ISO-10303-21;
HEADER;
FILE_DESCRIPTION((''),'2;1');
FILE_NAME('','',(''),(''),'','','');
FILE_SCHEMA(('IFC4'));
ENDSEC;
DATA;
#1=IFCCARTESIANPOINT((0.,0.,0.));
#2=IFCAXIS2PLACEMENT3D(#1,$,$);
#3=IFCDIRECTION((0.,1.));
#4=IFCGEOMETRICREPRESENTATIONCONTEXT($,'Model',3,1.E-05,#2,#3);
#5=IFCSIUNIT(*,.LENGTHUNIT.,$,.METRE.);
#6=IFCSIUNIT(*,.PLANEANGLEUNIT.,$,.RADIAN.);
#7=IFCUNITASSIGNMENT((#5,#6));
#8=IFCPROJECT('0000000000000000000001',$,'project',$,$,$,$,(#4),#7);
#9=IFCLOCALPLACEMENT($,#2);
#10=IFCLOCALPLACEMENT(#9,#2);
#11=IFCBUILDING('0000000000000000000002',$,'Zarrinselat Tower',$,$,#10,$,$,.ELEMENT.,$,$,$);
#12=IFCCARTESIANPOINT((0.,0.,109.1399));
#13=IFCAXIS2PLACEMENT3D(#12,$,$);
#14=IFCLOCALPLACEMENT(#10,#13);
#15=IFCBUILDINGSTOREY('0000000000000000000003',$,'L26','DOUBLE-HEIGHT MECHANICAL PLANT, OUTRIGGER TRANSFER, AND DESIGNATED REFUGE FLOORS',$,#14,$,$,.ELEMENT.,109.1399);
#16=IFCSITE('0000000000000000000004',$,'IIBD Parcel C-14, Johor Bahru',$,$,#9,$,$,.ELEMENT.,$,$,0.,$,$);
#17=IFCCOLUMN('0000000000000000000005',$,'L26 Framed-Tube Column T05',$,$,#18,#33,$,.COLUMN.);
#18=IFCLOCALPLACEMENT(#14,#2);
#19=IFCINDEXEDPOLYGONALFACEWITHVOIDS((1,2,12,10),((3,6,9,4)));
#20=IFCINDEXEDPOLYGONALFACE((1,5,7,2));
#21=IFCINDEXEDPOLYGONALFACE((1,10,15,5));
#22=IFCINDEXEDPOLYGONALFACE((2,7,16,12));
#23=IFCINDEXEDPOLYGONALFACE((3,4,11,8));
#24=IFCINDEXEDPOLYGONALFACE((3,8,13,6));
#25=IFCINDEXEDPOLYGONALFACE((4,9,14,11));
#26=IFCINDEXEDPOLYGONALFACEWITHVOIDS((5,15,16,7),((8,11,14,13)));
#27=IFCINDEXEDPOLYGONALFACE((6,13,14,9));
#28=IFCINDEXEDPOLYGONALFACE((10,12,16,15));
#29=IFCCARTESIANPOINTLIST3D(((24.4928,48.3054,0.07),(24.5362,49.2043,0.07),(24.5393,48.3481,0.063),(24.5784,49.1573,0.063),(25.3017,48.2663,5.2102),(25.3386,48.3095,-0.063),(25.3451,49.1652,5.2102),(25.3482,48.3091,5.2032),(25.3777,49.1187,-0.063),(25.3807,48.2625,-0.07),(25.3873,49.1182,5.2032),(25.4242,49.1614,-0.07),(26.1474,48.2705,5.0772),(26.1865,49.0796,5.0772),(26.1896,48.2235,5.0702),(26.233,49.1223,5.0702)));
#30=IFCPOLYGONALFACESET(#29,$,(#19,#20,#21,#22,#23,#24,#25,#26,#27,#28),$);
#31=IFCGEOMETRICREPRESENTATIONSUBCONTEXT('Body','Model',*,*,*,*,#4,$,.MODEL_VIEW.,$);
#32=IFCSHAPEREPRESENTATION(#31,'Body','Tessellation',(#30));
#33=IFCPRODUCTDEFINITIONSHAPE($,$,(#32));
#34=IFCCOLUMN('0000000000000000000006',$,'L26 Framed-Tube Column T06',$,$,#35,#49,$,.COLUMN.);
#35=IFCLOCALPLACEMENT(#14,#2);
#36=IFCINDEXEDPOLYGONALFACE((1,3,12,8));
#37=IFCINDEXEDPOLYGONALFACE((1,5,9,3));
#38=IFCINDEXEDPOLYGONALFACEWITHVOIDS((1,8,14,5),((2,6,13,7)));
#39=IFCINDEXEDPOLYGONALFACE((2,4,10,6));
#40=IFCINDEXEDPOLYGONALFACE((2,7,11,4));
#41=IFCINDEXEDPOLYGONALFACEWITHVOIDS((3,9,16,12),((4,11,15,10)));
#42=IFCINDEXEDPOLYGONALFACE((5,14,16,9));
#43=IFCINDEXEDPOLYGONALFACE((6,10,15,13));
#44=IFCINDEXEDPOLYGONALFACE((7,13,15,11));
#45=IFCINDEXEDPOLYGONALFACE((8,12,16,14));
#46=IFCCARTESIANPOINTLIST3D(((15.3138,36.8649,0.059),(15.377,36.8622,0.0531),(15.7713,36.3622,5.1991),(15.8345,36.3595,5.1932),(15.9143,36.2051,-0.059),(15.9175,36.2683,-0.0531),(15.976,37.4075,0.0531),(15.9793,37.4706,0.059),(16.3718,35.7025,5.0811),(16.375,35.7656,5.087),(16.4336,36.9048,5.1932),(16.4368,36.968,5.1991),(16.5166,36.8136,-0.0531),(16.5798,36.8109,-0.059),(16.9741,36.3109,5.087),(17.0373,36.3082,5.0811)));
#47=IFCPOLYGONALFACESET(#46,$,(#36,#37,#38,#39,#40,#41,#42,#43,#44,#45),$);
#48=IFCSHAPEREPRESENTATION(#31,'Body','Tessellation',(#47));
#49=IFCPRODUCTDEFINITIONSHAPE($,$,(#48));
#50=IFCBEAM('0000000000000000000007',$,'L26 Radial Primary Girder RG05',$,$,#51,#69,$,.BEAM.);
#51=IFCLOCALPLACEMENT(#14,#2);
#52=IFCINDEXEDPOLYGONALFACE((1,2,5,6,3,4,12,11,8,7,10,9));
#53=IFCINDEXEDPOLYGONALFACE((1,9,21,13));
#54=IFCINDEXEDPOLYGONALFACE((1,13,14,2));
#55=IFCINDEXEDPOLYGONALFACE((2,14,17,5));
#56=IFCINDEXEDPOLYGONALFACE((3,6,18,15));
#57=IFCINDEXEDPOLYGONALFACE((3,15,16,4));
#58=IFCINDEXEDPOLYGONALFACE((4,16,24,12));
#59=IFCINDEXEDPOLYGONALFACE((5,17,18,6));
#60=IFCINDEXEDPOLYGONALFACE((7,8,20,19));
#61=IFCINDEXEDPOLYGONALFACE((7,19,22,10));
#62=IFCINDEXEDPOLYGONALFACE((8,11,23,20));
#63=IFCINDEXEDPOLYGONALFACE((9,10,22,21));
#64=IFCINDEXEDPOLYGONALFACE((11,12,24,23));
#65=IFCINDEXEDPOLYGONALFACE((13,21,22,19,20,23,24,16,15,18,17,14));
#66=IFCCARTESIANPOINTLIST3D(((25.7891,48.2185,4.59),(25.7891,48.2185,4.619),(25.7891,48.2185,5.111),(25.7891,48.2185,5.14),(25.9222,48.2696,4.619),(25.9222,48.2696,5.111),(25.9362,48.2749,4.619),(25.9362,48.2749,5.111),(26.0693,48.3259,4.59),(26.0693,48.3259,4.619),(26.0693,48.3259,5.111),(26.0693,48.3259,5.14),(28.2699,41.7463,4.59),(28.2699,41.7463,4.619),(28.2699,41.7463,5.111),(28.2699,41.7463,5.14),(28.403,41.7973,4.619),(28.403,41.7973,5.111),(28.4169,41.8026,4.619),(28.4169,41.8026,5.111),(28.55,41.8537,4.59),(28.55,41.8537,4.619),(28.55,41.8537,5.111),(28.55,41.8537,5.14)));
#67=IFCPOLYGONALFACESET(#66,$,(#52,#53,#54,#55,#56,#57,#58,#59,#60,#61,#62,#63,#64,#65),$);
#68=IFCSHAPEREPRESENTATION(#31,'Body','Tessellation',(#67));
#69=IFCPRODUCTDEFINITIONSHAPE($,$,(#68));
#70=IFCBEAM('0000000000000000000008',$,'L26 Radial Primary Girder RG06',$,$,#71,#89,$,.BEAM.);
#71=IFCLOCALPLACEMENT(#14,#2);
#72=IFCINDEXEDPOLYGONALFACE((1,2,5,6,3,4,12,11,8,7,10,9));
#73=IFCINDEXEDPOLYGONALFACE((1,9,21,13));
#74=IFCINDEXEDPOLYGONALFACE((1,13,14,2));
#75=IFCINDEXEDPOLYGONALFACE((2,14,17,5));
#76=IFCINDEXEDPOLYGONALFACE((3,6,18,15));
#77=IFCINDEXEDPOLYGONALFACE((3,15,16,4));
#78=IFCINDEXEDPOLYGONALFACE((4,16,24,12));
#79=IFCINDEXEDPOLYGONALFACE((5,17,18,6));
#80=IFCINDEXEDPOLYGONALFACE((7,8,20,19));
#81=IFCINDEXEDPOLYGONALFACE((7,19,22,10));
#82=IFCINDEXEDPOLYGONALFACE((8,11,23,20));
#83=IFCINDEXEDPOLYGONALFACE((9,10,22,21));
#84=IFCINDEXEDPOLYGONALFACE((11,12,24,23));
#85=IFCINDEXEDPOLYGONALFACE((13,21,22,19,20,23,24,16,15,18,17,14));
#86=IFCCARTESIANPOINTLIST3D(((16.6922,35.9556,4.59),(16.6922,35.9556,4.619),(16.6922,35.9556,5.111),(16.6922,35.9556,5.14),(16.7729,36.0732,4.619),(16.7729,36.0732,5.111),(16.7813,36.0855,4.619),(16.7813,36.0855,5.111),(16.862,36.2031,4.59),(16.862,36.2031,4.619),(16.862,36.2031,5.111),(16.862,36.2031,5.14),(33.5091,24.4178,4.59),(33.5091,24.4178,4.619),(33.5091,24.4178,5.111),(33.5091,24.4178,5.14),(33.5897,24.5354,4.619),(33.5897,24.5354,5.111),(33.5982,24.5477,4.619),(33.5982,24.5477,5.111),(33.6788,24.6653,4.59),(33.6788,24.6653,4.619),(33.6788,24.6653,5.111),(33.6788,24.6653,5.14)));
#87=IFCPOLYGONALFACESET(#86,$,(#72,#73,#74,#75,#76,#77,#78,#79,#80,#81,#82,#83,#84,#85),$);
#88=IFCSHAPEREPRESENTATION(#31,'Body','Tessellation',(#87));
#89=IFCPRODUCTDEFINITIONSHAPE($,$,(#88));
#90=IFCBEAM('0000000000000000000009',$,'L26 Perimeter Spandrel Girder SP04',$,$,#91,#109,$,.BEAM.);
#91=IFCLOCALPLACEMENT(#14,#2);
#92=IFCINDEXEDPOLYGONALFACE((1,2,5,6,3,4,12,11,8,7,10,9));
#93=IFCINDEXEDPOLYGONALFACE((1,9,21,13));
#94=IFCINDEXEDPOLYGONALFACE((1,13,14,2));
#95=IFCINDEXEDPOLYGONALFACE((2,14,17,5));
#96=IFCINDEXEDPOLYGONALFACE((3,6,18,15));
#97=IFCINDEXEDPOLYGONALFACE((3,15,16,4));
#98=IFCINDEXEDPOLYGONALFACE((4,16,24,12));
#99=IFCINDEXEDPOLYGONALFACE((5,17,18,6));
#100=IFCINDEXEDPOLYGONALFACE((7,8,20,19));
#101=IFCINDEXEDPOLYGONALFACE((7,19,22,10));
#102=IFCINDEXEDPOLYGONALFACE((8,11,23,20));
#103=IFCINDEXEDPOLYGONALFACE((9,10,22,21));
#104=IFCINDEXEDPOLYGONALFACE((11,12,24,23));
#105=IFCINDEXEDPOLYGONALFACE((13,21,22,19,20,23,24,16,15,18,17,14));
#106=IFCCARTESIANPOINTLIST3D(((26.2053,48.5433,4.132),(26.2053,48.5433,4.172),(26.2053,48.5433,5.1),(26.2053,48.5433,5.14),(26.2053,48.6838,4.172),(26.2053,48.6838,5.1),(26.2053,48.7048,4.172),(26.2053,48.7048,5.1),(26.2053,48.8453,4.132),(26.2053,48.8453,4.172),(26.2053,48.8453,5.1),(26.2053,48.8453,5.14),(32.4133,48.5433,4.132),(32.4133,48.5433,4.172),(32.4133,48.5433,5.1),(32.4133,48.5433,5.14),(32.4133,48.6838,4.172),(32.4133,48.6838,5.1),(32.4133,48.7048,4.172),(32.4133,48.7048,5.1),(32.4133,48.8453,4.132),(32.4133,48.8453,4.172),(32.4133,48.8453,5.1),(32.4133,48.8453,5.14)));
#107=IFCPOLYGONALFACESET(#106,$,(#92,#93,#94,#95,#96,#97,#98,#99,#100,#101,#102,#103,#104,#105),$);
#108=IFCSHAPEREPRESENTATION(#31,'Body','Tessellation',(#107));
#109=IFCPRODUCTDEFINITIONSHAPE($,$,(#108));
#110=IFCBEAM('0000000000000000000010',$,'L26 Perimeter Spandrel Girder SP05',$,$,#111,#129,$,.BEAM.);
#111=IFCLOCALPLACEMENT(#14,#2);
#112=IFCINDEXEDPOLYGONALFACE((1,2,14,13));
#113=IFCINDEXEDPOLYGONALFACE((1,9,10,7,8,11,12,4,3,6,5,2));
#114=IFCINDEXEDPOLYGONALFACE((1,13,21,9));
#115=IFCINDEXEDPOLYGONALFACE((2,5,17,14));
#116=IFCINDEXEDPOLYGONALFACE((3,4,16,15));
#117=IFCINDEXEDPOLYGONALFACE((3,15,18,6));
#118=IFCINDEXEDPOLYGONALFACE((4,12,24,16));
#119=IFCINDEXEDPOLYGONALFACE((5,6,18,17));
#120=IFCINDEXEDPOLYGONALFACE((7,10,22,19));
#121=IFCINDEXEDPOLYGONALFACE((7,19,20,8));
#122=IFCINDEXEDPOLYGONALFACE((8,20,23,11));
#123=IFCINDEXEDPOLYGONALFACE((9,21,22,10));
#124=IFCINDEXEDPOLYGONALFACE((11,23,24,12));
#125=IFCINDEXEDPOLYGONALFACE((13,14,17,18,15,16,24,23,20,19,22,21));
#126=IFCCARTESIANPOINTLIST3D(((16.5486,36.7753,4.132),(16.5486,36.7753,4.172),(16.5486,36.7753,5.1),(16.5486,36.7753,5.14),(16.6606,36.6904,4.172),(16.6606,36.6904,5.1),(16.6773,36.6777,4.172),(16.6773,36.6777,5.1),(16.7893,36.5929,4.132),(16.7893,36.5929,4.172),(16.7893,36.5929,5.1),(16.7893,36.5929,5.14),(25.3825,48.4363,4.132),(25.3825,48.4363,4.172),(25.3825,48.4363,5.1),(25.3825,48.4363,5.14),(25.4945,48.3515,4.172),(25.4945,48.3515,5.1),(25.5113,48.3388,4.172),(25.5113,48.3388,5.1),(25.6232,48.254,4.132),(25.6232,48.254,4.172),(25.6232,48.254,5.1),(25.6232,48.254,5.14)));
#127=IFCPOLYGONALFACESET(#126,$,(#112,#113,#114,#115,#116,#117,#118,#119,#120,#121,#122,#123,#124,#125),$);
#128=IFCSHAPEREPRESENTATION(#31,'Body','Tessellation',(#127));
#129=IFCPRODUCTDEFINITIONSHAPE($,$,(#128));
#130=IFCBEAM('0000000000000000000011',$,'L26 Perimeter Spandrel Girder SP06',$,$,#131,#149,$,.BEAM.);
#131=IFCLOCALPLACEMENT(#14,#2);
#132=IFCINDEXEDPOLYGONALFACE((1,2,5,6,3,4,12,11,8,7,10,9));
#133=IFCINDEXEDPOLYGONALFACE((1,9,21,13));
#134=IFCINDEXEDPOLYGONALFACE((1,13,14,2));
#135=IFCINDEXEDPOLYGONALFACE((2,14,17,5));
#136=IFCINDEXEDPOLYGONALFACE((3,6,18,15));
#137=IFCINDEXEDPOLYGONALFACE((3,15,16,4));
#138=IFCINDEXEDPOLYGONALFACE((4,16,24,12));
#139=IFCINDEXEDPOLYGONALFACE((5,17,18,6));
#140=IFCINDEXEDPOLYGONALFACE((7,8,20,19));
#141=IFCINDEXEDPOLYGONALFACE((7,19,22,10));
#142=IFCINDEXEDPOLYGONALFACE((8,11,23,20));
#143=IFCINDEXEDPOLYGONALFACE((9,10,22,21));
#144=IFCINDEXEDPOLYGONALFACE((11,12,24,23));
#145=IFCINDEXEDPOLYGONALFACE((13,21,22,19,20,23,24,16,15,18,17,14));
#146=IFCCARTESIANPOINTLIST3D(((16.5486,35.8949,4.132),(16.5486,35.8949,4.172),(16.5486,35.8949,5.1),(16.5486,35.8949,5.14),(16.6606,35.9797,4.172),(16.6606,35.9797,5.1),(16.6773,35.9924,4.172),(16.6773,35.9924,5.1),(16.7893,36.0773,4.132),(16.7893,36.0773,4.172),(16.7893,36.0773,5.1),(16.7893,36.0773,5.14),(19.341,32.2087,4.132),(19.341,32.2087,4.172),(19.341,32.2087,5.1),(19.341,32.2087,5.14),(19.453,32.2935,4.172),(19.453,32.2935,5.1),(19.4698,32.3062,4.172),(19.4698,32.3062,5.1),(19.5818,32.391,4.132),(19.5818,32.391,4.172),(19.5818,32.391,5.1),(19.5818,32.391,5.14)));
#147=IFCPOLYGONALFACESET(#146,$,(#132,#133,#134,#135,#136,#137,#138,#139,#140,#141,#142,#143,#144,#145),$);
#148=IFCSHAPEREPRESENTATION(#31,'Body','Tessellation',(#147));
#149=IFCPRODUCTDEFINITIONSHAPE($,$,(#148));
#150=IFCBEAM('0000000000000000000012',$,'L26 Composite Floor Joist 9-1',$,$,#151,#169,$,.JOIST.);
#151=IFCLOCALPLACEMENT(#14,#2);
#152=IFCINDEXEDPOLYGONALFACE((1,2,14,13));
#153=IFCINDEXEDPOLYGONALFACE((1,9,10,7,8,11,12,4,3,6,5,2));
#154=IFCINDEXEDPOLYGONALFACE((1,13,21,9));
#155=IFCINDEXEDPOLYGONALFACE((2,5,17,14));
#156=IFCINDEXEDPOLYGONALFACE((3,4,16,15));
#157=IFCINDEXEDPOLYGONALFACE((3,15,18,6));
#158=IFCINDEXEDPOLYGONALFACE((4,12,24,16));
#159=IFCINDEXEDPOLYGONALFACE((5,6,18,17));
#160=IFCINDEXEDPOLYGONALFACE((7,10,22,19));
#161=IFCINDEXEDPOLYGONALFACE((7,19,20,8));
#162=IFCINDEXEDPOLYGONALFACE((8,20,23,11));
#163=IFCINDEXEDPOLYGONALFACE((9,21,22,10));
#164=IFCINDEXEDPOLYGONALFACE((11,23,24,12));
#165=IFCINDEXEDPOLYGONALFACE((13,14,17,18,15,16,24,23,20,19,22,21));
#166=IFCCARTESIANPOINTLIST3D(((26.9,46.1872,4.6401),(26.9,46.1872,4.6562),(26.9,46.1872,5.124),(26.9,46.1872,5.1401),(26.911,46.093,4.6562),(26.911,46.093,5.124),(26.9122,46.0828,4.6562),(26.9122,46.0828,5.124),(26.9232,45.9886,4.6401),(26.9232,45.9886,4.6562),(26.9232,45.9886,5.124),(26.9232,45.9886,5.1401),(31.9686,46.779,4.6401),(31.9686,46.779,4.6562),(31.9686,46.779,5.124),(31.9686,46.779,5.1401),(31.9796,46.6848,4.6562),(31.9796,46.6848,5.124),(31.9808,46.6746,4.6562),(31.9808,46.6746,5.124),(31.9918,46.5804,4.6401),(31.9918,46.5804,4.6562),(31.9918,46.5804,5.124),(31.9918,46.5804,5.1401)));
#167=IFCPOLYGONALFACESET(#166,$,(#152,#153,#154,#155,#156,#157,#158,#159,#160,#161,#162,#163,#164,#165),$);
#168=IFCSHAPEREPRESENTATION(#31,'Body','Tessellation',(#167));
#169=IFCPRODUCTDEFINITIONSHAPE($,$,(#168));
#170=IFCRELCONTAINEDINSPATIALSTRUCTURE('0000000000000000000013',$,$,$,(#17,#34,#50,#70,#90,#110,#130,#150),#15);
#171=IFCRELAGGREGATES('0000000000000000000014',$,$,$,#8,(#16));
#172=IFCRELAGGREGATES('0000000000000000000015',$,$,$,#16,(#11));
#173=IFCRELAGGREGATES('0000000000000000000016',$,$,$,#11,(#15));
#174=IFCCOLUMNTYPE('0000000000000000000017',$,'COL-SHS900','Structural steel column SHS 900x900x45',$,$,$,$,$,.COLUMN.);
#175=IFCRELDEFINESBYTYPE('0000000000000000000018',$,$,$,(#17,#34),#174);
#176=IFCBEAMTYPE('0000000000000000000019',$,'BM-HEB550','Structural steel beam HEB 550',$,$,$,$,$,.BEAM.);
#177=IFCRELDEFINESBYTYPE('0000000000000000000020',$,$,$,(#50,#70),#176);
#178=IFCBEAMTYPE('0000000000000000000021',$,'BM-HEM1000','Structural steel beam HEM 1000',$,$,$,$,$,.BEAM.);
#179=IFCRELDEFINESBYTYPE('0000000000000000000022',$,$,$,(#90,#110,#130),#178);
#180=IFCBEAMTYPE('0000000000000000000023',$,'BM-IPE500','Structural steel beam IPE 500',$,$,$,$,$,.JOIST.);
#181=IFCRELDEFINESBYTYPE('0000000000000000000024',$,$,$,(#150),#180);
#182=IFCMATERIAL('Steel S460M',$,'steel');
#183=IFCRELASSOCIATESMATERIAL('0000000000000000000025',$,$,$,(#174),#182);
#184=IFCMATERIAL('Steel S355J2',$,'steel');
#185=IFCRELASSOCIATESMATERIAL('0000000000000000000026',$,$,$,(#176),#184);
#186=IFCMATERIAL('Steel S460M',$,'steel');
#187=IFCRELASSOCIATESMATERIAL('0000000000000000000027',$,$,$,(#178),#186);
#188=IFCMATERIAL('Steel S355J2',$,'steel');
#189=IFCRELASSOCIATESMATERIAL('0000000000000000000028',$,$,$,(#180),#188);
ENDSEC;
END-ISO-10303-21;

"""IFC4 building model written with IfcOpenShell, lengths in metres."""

from ifc_helpers import new_model, si_unit, direction, frame, origin, origin_2d, place, context, subcontext, project, spatial, hollow_rectangle, i_section, extrude, material, material_profile, profile_set, type_object, element, save


model = new_model("IFC4")

# Units and contexts
model_context = context("Model", 3, precision=1e-05, world=origin(), true_north=direction((0.0, 1.0)))
body_context = subcontext(model_context, "Body", "Model", "MODEL_VIEW")
ifc_project = project(units=[si_unit("LENGTHUNIT", "METRE"), si_unit("PLANEANGLEUNIT", "RADIAN")], contexts=[model_context])

# Site, building, storey
site_placement = place(None, origin())
site = spatial("IfcSite", under=ifc_project, at=site_placement, Name="IIBD Parcel C-14, Johor Bahru", CompositionType="ELEMENT", RefElevation=0.0)
building_placement = place(site_placement, origin())
building = spatial("IfcBuilding", under=site, at=building_placement, Name="Zarrinselat Tower", CompositionType="ELEMENT")
storey_placement = place(building_placement, frame((0.0, 0.0, 109.1399)))
storey = spatial("IfcBuildingStorey", under=building, at=storey_placement, Name="L26", Description="DOUBLE-HEIGHT MECHANICAL PLANT, OUTRIGGER TRANSFER, AND DESIGNATED REFUGE FLOORS", CompositionType="ELEMENT", Elevation=109.1399)

# Columns
ifc_material_1 = material(Name="Steel S460M", Category="steel")
ifc_material_profile_1 = material_profile(ifc_material_1, hollow_rectangle(XDim=0.8999, YDim=0.8999, WallThickness=0.0449, at=origin_2d()), Name="SHS 900x900x45")
ifc_profile_set_1 = profile_set([ifc_material_profile_1], Name="Steel S460M")
column_type = type_object("IfcColumnType", Name="COL-SHS900", Description="Structural steel column SHS 900x900x45", PredefinedType="COLUMN", material=ifc_profile_set_1)
column_1_placement = place(storey_placement, frame((24.9585, 48.7334, 0.0), z_axis=(0.15544, -0.007507, 0.987817), x_axis=(0.048238, 0.998836, 0.0)))
element("IfcColumn", 1, at=column_1_placement, inside=storey, type_object=column_type, Name="L26 Framed-Tube Column T05", PredefinedType="COLUMN", context=body_context, shape_type="SweptSolid", body=[
    extrude(hollow_rectangle(XDim=0.8999, YDim=0.8999, WallThickness=0.0449, at=origin_2d()), origin(), (0.0, 0.0, 1.0), 5.2036),
])
column_2_placement = place(storey_placement, frame((15.9468, 36.8379, 0.0), z_axis=(0.088241, -0.096952, 0.99137), x_axis=(0.73955, 0.673102, 0.0)))
element("IfcColumn", 2, at=column_2_placement, inside=storey, type_object=column_type, Name="L26 Framed-Tube Column T06", PredefinedType="COLUMN", context=body_context, shape_type="SweptSolid", body=[
    extrude(hollow_rectangle(XDim=0.8999, YDim=0.8999, WallThickness=0.0449, at=origin_2d()), origin(), (0.0, 0.0, 1.0), 5.1848),
])

# Beams
ifc_material_2 = material(Name="Steel S355J2", Category="steel")
ifc_material_profile_2 = material_profile(ifc_material_2, i_section(OverallWidth=0.3, OverallDepth=0.55, WebThickness=0.0149, FlangeThickness=0.0291, at=origin_2d()), Name="HEB 550")
ifc_profile_set_2 = profile_set([ifc_material_profile_2], Name="Steel S355J2")
beam_type_1 = type_object("IfcBeamType", Name="BM-HEB550", Description="Structural steel beam HEB 550", PredefinedType="BEAM", material=ifc_profile_set_2)
beam_1_placement = place(storey_placement, frame((25.9292, 48.2722, 4.865), z_axis=(0.3579, -0.93376, 0.0), x_axis=(0.93376, 0.3579, 0.0)))
element("IfcBeam", 3, at=beam_1_placement, inside=storey, type_object=beam_type_1, Name="L26 Radial Primary Girder RG05", PredefinedType="BEAM", context=body_context, shape_type="SweptSolid", body=[
    extrude(i_section(OverallWidth=0.3, OverallDepth=0.55, WebThickness=0.0149, FlangeThickness=0.0291, at=origin_2d()), origin(), (0.0, 0.0, 1.0), 6.9314),
])
beam_2_placement = place(storey_placement, frame((16.7771, 36.0793, 4.865), z_axis=(0.824586, -0.565737, 0.0), x_axis=(0.565737, 0.824586, 0.0)))
element("IfcBeam", 4, at=beam_2_placement, inside=storey, type_object=beam_type_1, Name="L26 Radial Primary Girder RG06", PredefinedType="BEAM", context=body_context, shape_type="SweptSolid", body=[
    extrude(i_section(OverallWidth=0.3, OverallDepth=0.55, WebThickness=0.0149, FlangeThickness=0.0291, at=origin_2d()), origin(), (0.0, 0.0, 1.0), 20.3943),
])
ifc_material_3 = material(Name="Steel S460M", Category="steel")
ifc_material_profile_3 = material_profile(ifc_material_3, i_section(OverallWidth=0.302, OverallDepth=1.0081, WebThickness=0.021, FlangeThickness=0.04, at=origin_2d()), Name="HEM 1000")
ifc_profile_set_3 = profile_set([ifc_material_profile_3], Name="Steel S460M")
beam_type_2 = type_object("IfcBeamType", Name="BM-HEM1000", Description="Structural steel beam HEM 1000", PredefinedType="BEAM", material=ifc_profile_set_3)
beam_3_placement = place(storey_placement, frame((26.2053, 48.6943, 4.636), z_axis=(1.0, 0.0, 0.0), x_axis=(0.0, 1.0, 0.0)))
element("IfcBeam", 5, at=beam_3_placement, inside=storey, type_object=beam_type_2, Name="L26 Perimeter Spandrel Girder SP04", PredefinedType="BEAM", context=body_context, shape_type="SweptSolid", body=[
    extrude(i_section(OverallWidth=0.302, OverallDepth=1.0081, WebThickness=0.021, FlangeThickness=0.04, at=origin_2d()), origin(), (0.0, 0.0, 1.0), 6.208),
])
beam_4_placement = place(storey_placement, frame((16.6689, 36.6841, 4.636), z_axis=(0.603849, 0.797099, 0.0), x_axis=(-0.797099, 0.603849, 0.0)))
element("IfcBeam", 6, at=beam_4_placement, inside=storey, type_object=beam_type_2, Name="L26 Perimeter Spandrel Girder SP05", PredefinedType="BEAM", context=body_context, shape_type="SweptSolid", body=[
    extrude(i_section(OverallWidth=0.302, OverallDepth=1.0081, WebThickness=0.021, FlangeThickness=0.04, at=origin_2d()), origin(), (0.0, 0.0, 1.0), 14.6294),
])
beam_5_placement = place(storey_placement, frame((16.6689, 35.9861, 4.636), z_axis=(0.603836, -0.797108, 0.0), x_axis=(0.797108, 0.603836, 0.0)))
element("IfcBeam", 7, at=beam_5_placement, inside=storey, type_object=beam_type_2, Name="L26 Perimeter Spandrel Girder SP06", PredefinedType="BEAM", context=body_context, shape_type="SweptSolid", body=[
    extrude(i_section(OverallWidth=0.302, OverallDepth=1.0081, WebThickness=0.021, FlangeThickness=0.04, at=origin_2d()), origin(), (0.0, 0.0, 1.0), 4.6245),
])
ifc_material_4 = material(Name="Steel S355J2", Category="steel")
ifc_material_profile_4 = material_profile(ifc_material_4, i_section(OverallWidth=0.2, OverallDepth=0.5, WebThickness=0.0103, FlangeThickness=0.0161, at=origin_2d()), Name="IPE 500")
ifc_profile_set_4 = profile_set([ifc_material_profile_4], Name="Steel S355J2")
beam_type_3 = type_object("IfcBeamType", Name="BM-IPE500", Description="Structural steel beam IPE 500", PredefinedType="JOIST", material=ifc_profile_set_4)
beam_6_placement = place(storey_placement, frame((26.9116, 46.0879, 4.8901), z_axis=(0.993253, 0.11597, 0.0), x_axis=(-0.11597, 0.993253, 0.0)))
element("IfcBeam", 8, at=beam_6_placement, inside=storey, type_object=beam_type_3, Name="L26 Composite Floor Joist 9-1", PredefinedType="JOIST", context=body_context, shape_type="SweptSolid", body=[
    extrude(i_section(OverallWidth=0.2, OverallDepth=0.5, WebThickness=0.0103, FlangeThickness=0.0161, at=origin_2d()), origin(), (0.0, 0.0, 1.0), 5.103),
])

save(model, "model.ifc")
